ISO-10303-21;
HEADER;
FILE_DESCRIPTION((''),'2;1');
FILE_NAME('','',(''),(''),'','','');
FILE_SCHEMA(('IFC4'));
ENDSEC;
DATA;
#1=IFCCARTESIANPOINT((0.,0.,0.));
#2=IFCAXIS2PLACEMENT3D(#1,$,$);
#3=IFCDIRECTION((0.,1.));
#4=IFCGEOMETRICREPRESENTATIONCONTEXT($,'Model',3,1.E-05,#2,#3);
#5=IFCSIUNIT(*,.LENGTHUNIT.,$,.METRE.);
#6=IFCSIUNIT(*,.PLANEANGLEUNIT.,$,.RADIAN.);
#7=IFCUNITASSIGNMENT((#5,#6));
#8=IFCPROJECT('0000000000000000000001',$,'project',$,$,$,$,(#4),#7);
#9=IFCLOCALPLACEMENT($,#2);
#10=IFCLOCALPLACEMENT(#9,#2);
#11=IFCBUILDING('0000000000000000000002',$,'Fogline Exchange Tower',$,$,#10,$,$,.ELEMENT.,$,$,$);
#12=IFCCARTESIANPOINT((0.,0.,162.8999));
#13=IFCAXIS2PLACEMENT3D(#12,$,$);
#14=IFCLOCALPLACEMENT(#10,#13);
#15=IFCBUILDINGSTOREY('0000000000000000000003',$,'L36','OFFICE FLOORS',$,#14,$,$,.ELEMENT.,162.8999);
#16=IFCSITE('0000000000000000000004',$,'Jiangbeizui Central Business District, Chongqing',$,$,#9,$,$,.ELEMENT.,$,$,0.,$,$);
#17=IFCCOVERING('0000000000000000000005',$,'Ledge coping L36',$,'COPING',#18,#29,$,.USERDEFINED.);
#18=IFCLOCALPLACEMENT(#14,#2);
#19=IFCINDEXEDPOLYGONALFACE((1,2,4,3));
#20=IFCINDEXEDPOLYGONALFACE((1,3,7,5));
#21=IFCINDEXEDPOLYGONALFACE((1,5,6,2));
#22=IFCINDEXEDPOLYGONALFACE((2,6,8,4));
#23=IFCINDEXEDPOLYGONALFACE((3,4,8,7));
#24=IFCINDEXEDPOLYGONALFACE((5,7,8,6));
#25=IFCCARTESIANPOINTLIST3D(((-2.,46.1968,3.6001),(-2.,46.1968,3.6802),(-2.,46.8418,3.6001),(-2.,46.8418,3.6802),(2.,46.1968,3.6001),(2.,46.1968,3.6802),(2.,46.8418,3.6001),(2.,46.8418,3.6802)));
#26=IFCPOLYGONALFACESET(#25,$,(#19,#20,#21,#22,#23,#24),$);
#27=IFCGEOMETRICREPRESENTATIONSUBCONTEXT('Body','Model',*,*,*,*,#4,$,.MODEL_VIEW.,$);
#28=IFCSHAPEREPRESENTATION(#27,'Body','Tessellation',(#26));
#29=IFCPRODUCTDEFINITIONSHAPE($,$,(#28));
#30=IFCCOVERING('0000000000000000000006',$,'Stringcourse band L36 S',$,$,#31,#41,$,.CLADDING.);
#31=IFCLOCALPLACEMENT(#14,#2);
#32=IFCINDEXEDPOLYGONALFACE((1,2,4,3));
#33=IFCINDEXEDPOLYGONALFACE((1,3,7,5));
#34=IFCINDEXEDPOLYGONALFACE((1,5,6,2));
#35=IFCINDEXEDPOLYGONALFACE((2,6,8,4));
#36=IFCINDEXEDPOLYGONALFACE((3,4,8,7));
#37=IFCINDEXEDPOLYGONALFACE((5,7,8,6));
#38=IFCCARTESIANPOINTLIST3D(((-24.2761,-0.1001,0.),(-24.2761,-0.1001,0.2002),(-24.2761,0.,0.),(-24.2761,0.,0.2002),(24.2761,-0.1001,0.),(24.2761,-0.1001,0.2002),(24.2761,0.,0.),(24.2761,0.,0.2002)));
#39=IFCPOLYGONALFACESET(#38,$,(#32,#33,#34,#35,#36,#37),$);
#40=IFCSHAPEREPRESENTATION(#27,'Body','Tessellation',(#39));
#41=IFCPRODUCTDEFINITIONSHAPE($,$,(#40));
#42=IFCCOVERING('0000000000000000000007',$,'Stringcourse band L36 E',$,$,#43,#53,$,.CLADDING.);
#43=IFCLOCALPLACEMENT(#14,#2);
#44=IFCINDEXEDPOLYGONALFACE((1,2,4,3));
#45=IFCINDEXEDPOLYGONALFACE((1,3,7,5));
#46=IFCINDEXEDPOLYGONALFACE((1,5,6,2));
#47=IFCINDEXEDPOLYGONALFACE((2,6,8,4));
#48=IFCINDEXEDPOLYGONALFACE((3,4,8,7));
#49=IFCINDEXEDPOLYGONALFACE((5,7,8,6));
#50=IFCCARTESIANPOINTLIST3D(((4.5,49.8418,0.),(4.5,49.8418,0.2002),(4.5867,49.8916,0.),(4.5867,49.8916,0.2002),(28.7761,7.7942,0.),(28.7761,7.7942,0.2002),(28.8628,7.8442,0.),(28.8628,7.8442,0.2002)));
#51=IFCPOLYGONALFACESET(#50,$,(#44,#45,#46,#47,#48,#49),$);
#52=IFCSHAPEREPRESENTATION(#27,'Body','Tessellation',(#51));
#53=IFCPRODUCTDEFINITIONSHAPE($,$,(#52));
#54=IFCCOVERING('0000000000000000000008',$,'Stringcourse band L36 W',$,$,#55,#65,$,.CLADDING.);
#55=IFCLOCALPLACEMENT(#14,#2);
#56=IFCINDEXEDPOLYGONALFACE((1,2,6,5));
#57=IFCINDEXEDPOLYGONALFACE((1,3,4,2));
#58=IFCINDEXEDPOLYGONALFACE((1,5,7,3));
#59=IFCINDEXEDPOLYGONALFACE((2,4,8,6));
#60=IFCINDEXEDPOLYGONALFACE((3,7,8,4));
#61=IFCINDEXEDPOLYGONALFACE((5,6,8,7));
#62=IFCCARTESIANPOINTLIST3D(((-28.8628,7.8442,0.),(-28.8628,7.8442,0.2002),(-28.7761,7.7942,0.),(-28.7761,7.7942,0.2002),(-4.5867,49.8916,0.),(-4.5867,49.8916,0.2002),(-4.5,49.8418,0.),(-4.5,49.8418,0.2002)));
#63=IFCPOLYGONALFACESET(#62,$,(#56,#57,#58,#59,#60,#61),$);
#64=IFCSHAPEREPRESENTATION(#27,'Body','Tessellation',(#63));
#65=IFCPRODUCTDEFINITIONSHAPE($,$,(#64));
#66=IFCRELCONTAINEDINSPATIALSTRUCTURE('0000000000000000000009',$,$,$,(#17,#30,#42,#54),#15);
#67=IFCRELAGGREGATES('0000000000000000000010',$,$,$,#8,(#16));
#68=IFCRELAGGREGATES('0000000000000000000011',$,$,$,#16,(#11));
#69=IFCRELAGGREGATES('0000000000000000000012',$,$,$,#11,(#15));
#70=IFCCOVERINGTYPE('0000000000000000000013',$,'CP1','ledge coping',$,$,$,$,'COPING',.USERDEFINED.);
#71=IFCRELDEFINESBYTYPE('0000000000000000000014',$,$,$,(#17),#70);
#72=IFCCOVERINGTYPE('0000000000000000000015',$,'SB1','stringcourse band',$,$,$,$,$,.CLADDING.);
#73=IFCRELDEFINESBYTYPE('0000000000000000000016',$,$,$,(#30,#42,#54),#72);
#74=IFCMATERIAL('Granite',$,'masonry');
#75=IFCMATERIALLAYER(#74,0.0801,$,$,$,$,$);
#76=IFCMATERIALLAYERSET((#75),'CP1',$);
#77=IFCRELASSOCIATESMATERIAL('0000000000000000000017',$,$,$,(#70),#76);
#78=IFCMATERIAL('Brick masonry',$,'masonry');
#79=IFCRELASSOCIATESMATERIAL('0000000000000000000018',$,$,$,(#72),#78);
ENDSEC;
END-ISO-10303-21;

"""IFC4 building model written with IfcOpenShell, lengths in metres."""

from ifc_helpers import new_model, si_unit, direction, frame, origin, place, context, subcontext, project, spatial, polyline, outline, extrude, material, layer, layer_set, type_object, element, save


model = new_model("IFC4")

# Units and contexts
model_context = context("Model", 3, precision=1e-05, world=origin(), true_north=direction((0.0, 1.0)))
body_context = subcontext(model_context, "Body", "Model", "MODEL_VIEW")
ifc_project = project(units=[si_unit("LENGTHUNIT", "METRE"), si_unit("PLANEANGLEUNIT", "RADIAN")], contexts=[model_context])

# Site, building, storey
site_placement = place(None, origin())
site = spatial("IfcSite", under=ifc_project, at=site_placement, Name="Jiangbeizui Central Business District, Chongqing", CompositionType="ELEMENT", RefElevation=0.0)
building_placement = place(site_placement, origin())
building = spatial("IfcBuilding", under=site, at=building_placement, Name="Fogline Exchange Tower", CompositionType="ELEMENT")
storey_placement = place(building_placement, frame((0.0, 0.0, 162.8999)))
storey = spatial("IfcBuildingStorey", under=building, at=storey_placement, Name="L36", Description="OFFICE FLOORS", CompositionType="ELEMENT", Elevation=162.8999)

# Shared definitions
ifc_material_1 = material(Name="Brick masonry", Category="masonry")

# Coverings
ifc_material_2 = material(Name="Granite", Category="masonry")
ifc_layer_1 = layer(ifc_material_2, 0.0801)
ifc_layer_set_1 = layer_set([ifc_layer_1], Name="CP1")
covering_type_1 = type_object("IfcCoveringType", Name="CP1", Description="ledge coping", ElementType="COPING", PredefinedType="USERDEFINED", material=ifc_layer_set_1)
covering_1_placement = place(storey_placement, frame((0.0, 0.0, 3.6001)))
element("IfcCovering", 1, at=covering_1_placement, inside=storey, type_object=covering_type_1, Name="Ledge coping L36", ObjectType="COPING", PredefinedType="USERDEFINED", context=body_context, shape_type="SweptSolid", body=[
    extrude(outline(polyline([(2.0, 46.8418), (-2.0, 46.8418), (-2.0, 46.1968), (2.0, 46.1968), (2.0, 46.8418)])), origin(), (0.0, 0.0, 1.0), 0.0801),
])
covering_type_2 = type_object("IfcCoveringType", Name="SB1", Description="stringcourse band", PredefinedType="CLADDING", material=ifc_material_1)
covering_2_placement = place(storey_placement, origin())
element("IfcCovering", 2, at=covering_2_placement, inside=storey, type_object=covering_type_2, Name="Stringcourse band L36 S", PredefinedType="CLADDING", context=body_context, shape_type="SweptSolid", body=[
    extrude(outline(polyline([(-24.2761, 0.0), (-24.2761, -0.1001), (24.2761, -0.1001), (24.2761, 0.0), (-24.2761, 0.0)])), origin(), (0.0, 0.0, 1.0), 0.2002),
])
covering_3_placement = place(storey_placement, origin())
element("IfcCovering", 3, at=covering_3_placement, inside=storey, type_object=covering_type_2, Name="Stringcourse band L36 E", PredefinedType="CLADDING", context=body_context, shape_type="SweptSolid", body=[
    extrude(outline(polyline([(28.7761, 7.7942), (28.8628, 7.8442), (4.5867, 49.8916), (4.5, 49.8418), (28.7761, 7.7942)])), origin(), (0.0, 0.0, 1.0), 0.2002),
])
covering_4_placement = place(storey_placement, origin())
element("IfcCovering", 4, at=covering_4_placement, inside=storey, type_object=covering_type_2, Name="Stringcourse band L36 W", PredefinedType="CLADDING", context=body_context, shape_type="SweptSolid", body=[
    extrude(outline(polyline([(-4.5, 49.8418), (-4.5867, 49.8916), (-28.8628, 7.8442), (-28.7761, 7.7942), (-4.5, 49.8418)])), origin(), (0.0, 0.0, 1.0), 0.2002),
])

save(model, "model.ifc")
